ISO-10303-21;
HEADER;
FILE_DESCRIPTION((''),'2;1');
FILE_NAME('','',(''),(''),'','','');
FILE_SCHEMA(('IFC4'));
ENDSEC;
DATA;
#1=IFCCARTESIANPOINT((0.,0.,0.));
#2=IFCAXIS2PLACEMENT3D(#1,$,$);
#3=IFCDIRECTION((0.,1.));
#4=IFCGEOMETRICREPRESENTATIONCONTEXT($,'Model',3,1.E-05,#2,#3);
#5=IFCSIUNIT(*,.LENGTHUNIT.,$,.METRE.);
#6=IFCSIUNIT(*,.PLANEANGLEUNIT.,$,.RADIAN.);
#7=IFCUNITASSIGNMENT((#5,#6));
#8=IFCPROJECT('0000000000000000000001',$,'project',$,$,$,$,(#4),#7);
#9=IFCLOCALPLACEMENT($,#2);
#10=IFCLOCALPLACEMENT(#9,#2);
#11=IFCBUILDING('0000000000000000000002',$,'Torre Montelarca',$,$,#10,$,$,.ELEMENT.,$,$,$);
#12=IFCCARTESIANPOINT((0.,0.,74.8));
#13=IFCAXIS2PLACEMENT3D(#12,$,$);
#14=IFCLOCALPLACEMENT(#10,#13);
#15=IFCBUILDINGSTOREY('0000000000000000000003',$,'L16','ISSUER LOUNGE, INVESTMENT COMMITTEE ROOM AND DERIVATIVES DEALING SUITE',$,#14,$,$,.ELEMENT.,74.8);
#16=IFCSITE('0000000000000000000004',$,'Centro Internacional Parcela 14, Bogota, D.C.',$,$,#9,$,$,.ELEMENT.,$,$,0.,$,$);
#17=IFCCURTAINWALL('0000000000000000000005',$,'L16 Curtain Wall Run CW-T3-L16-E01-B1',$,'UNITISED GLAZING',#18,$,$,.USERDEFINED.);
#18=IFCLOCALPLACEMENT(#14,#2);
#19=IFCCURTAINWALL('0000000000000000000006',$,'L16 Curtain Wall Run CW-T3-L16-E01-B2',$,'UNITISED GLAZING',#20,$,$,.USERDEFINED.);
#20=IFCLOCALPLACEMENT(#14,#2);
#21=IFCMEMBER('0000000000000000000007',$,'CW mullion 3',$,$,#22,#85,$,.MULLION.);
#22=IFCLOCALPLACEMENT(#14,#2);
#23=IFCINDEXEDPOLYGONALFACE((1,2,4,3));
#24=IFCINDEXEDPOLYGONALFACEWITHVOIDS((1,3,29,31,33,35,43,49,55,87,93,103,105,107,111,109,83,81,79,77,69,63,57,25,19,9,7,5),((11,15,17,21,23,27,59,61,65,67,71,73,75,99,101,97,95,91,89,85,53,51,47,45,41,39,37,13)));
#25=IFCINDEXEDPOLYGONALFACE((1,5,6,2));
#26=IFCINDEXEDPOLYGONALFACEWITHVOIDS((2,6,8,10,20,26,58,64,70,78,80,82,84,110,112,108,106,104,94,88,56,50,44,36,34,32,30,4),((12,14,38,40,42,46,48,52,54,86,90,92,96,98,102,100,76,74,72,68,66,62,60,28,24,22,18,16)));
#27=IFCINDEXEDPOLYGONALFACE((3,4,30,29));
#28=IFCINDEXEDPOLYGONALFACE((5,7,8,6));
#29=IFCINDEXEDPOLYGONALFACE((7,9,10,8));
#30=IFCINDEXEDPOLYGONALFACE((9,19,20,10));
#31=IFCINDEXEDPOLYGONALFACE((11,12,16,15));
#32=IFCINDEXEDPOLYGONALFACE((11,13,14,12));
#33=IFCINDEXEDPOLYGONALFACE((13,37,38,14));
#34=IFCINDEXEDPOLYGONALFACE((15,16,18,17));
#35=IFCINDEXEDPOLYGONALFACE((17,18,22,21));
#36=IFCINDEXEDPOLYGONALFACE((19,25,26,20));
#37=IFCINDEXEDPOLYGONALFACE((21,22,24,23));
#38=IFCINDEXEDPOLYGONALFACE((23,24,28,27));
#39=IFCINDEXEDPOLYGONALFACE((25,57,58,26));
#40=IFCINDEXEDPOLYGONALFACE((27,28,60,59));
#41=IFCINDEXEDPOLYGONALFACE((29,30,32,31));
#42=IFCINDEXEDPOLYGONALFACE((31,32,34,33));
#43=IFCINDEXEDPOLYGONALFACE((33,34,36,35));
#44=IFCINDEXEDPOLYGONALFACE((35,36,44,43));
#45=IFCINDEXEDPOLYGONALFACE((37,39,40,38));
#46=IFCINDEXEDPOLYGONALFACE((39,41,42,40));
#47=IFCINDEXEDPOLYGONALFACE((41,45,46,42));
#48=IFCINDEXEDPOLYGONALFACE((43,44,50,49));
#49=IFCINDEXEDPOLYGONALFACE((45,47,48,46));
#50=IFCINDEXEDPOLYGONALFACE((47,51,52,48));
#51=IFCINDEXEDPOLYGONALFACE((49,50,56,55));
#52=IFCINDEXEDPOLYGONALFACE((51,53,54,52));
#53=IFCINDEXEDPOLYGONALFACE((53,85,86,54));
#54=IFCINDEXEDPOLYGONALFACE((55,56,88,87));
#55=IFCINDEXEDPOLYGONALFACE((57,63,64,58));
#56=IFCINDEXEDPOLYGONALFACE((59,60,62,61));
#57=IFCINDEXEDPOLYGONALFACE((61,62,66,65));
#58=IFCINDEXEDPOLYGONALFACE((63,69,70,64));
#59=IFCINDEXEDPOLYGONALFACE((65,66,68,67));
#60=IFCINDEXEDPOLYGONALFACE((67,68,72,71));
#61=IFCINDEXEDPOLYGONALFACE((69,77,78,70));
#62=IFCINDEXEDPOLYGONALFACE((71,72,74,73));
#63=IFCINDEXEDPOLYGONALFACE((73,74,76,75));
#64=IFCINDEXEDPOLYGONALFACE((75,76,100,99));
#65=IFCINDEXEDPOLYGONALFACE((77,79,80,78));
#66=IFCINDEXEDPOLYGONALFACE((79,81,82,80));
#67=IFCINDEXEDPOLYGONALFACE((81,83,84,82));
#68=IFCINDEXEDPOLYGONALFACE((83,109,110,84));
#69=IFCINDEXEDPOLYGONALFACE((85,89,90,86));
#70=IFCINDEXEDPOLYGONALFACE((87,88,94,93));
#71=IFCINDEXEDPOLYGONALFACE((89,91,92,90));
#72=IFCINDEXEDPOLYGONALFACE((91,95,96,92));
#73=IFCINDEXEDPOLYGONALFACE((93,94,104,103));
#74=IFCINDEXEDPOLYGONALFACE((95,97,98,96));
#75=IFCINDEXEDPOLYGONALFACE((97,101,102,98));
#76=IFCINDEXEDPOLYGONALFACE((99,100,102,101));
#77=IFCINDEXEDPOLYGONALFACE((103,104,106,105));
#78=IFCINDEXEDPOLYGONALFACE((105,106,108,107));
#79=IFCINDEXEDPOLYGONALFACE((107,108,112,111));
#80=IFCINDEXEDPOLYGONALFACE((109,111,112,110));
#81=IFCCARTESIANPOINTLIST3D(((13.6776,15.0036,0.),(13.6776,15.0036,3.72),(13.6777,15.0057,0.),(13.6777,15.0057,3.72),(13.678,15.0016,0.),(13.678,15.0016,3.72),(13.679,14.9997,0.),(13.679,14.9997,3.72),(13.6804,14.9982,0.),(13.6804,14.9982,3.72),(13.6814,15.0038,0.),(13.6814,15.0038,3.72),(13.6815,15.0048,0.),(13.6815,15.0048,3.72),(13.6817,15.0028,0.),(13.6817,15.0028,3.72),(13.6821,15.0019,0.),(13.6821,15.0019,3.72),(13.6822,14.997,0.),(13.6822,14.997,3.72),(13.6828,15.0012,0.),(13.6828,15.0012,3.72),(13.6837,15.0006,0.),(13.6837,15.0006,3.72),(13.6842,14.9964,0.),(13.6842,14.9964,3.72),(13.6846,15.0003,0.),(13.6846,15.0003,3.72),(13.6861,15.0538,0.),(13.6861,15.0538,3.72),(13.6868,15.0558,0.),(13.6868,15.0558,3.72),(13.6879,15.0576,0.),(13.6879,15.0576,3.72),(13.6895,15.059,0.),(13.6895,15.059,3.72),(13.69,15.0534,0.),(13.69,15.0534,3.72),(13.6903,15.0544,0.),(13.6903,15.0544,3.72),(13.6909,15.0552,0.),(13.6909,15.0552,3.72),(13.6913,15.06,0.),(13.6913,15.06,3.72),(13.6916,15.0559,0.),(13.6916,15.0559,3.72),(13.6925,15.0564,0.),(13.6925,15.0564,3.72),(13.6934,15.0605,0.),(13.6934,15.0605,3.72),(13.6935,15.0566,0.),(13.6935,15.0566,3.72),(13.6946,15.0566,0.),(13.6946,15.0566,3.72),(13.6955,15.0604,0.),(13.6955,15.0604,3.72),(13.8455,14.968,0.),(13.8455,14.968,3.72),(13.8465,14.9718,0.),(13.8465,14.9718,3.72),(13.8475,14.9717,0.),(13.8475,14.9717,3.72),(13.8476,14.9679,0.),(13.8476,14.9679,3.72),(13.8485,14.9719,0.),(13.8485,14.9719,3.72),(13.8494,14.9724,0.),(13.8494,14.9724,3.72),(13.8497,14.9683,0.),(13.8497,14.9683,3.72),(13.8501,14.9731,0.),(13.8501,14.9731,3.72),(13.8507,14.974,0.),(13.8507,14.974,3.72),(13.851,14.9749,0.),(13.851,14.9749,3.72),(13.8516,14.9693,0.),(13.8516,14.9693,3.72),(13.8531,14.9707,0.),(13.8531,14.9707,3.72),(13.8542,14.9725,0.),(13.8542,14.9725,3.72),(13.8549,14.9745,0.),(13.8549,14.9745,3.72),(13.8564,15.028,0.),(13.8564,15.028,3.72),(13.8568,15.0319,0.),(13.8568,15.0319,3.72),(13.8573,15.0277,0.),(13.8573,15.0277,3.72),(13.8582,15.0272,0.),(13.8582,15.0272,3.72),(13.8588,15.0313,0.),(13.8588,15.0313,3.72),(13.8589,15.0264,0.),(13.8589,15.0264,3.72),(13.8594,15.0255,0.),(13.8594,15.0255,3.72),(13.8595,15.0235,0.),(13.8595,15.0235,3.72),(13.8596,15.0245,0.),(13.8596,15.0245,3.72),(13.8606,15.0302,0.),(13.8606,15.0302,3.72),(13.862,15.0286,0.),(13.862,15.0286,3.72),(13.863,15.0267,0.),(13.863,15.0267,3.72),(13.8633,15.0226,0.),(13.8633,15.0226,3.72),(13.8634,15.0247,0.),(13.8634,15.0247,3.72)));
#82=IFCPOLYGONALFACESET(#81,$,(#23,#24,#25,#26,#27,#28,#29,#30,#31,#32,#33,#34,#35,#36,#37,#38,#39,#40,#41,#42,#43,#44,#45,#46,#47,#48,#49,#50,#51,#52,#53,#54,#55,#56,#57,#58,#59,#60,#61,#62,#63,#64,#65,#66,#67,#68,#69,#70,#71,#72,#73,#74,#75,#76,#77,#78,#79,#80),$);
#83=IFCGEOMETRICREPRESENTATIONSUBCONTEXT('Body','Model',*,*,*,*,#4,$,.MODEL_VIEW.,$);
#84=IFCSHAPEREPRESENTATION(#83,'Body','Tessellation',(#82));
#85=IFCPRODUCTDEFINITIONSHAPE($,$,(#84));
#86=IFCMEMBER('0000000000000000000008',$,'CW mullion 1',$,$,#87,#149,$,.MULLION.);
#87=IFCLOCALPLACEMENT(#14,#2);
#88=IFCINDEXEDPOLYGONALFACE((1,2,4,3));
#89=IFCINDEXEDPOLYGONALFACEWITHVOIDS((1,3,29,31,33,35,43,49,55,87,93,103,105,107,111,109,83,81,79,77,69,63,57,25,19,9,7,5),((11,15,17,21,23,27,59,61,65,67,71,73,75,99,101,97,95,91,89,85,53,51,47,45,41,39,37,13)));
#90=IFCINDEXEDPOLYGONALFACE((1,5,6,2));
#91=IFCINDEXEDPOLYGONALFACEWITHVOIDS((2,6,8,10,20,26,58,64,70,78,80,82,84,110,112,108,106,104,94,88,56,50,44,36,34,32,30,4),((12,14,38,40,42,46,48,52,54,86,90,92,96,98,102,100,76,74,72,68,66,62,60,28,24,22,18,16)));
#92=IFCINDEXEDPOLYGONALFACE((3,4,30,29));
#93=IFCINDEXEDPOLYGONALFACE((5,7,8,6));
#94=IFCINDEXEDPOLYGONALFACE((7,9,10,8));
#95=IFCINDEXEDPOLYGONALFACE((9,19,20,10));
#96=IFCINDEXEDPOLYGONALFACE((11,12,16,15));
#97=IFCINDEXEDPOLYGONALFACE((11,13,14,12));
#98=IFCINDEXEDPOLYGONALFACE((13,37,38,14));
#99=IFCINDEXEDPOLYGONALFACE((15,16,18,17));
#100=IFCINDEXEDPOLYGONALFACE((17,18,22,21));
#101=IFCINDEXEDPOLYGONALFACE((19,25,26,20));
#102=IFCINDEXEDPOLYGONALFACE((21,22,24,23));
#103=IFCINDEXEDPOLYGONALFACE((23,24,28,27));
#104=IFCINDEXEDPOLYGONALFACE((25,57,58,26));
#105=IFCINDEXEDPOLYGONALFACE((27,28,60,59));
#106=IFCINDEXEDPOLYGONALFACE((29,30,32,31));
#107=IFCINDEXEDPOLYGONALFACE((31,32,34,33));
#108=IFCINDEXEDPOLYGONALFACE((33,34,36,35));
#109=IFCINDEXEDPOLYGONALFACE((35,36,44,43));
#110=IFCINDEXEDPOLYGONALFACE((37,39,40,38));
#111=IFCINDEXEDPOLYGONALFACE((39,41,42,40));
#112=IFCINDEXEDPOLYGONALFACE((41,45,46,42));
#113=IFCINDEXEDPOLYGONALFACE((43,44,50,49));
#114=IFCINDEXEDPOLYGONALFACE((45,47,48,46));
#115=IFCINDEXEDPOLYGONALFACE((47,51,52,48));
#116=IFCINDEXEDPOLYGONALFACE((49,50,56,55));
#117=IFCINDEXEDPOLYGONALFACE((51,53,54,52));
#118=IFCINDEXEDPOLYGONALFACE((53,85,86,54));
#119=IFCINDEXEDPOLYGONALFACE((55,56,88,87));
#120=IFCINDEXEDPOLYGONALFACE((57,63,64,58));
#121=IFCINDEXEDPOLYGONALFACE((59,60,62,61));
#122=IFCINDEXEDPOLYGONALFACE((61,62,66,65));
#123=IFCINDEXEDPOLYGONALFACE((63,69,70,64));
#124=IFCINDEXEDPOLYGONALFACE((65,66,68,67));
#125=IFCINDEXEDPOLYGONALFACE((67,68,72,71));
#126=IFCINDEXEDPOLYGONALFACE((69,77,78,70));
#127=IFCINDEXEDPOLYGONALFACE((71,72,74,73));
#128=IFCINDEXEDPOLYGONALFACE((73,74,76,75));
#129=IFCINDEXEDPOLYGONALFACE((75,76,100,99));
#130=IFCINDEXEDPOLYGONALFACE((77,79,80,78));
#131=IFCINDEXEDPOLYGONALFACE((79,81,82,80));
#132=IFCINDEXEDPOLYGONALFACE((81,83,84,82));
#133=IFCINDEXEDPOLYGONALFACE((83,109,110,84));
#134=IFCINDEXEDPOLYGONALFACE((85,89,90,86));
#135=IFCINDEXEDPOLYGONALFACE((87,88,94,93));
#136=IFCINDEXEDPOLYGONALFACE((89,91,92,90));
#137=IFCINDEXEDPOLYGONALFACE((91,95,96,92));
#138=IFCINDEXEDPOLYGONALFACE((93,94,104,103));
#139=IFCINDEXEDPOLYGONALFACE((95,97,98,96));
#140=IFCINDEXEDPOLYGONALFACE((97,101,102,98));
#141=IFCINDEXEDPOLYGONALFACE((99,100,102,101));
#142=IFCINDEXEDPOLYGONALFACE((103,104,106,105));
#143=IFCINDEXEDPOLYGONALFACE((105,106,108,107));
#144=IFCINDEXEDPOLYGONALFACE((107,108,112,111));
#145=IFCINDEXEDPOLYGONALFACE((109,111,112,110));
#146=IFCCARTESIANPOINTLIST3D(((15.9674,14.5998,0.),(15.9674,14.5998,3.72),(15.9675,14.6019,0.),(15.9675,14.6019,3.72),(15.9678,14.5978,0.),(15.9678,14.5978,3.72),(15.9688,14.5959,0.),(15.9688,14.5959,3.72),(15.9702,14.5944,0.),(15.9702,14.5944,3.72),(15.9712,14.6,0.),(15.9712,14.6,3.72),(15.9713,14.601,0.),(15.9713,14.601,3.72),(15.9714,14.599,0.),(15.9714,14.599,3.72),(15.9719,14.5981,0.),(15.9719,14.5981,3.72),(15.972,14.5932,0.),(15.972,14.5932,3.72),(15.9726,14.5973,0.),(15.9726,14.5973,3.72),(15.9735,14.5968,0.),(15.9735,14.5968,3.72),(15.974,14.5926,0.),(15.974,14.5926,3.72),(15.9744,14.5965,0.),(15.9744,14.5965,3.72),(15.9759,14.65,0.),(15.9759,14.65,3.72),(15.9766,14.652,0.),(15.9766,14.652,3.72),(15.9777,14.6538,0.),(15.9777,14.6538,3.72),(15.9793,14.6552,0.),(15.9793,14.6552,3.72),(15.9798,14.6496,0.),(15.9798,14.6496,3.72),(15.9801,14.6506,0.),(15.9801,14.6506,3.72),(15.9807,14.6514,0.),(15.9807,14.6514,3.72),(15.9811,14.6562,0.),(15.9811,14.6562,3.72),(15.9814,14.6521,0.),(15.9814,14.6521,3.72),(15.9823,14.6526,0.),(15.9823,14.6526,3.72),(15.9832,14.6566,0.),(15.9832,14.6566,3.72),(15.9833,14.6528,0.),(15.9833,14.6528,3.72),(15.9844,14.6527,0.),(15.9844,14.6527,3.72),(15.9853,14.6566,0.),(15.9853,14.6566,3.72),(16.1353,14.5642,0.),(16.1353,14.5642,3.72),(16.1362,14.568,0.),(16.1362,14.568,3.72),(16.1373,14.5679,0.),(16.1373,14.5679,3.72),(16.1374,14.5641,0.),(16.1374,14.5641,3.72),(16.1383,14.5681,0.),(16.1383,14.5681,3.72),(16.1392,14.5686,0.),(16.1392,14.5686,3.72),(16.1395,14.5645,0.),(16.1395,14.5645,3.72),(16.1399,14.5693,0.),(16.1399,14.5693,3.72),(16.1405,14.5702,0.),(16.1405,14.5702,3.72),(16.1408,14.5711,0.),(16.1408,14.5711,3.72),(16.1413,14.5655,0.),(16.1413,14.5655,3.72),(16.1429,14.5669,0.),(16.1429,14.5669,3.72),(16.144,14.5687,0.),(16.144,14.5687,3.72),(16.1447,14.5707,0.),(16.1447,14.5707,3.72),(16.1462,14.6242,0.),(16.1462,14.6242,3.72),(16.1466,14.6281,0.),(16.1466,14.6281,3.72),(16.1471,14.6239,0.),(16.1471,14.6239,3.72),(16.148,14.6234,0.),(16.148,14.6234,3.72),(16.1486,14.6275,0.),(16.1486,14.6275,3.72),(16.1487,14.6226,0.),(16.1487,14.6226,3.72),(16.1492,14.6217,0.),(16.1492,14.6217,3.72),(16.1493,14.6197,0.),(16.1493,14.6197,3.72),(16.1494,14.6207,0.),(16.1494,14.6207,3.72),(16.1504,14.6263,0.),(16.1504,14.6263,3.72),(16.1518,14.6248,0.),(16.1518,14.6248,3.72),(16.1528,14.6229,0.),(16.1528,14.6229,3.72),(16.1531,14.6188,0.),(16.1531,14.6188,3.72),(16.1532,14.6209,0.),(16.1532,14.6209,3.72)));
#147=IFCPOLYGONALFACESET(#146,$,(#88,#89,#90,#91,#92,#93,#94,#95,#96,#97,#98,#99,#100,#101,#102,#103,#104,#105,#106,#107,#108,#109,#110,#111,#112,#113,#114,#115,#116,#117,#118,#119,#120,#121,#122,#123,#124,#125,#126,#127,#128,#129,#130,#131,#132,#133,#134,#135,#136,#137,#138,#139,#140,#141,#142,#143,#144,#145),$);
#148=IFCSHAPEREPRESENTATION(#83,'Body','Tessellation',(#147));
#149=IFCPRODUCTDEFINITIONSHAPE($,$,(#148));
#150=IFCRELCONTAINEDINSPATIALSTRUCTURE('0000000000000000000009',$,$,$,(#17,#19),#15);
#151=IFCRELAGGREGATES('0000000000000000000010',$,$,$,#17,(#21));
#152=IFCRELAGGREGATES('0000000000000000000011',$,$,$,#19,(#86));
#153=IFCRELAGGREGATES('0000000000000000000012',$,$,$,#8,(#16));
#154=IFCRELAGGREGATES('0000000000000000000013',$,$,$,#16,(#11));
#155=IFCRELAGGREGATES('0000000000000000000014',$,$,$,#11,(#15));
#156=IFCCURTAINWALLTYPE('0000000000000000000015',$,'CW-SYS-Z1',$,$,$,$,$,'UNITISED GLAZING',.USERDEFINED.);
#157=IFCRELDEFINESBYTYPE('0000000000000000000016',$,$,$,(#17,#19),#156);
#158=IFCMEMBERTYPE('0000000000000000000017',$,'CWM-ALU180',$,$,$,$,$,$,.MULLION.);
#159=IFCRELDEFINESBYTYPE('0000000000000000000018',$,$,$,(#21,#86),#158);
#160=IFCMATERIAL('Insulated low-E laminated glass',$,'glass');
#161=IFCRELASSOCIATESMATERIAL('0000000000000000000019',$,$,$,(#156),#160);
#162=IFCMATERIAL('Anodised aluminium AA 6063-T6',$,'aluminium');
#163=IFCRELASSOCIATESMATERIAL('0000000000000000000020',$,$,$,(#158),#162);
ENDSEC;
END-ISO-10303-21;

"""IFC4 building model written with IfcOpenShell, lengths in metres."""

from ifc_helpers import new_model, si_unit, direction, frame, origin, origin_2d, place, context, subcontext, project, spatial, hollow_rectangle, extrude, source, transform, mapped, material, material_profile, profile_set, type_object, element, aggregate, save


model = new_model("IFC4")

# Units and contexts
model_context = context("Model", 3, precision=1e-05, world=origin(), true_north=direction((0.0, 1.0)))
body_context = subcontext(model_context, "Body", "Model", "MODEL_VIEW")
ifc_project = project(units=[si_unit("LENGTHUNIT", "METRE"), si_unit("PLANEANGLEUNIT", "RADIAN")], contexts=[model_context])

# Site, building, storey
site_placement = place(None, origin())
site = spatial("IfcSite", under=ifc_project, at=site_placement, Name="Centro Internacional Parcela 14, Bogota, D.C.", CompositionType="ELEMENT", RefElevation=0.0)
building_placement = place(site_placement, origin())
building = spatial("IfcBuilding", under=site, at=building_placement, Name="Torre Montelarca", CompositionType="ELEMENT")
storey_placement = place(building_placement, frame((0.0, 0.0, 74.8)))
storey = spatial("IfcBuildingStorey", under=building, at=storey_placement, Name="L16", Description="ISSUER LOUNGE, INVESTMENT COMMITTEE ROOM AND DERIVATIVES DEALING SUITE", CompositionType="ELEMENT", Elevation=74.8)

# Curtain walls
ifc_material_1 = material(Name="Insulated low-E laminated glass", Category="glass")
curtain_wall_type = type_object("IfcCurtainWallType", Name="CW-SYS-Z1", ElementType="UNITISED GLAZING", PredefinedType="USERDEFINED", material=ifc_material_1)
curtain_wall_1_placement = place(storey_placement, origin())
curtain_wall_1 = element("IfcCurtainWall", 1, at=curtain_wall_1_placement, inside=storey, type_object=curtain_wall_type, Name="L16 Curtain Wall Run CW-T3-L16-E01-B1", ObjectType="UNITISED GLAZING", PredefinedType="USERDEFINED")
ifc_material_2 = material(Name="Anodised aluminium AA 6063-T6", Category="aluminium")
curtain_wall_2_placement = place(storey_placement, origin())
curtain_wall_2 = element("IfcCurtainWall", 2, at=curtain_wall_2_placement, inside=storey, type_object=curtain_wall_type, Name="L16 Curtain Wall Run CW-T3-L16-E01-B2", ObjectType="UNITISED GLAZING", PredefinedType="USERDEFINED")

# Members
ifc_material_profile_1 = material_profile(ifc_material_2, hollow_rectangle(XDim=0.0649, YDim=0.1799, WallThickness=0.0039, InnerFilletRadius=0.0039, OuterFilletRadius=0.0081, at=origin_2d()), Name="ALU65X180X4", Category="aluminium")
ifc_profile_set_1 = profile_set([ifc_material_profile_1], Name="Anodised aluminium AA 6063-T6")
member_type_1 = type_object("IfcMemberType", Name="CWM-ALU180", PredefinedType="MULLION", material=ifc_profile_set_1)
shared_shape_1 = source(origin(), body_context, "Body", "SweptSolid", [
    extrude(hollow_rectangle(XDim=0.0649, YDim=0.1799, WallThickness=0.0039, InnerFilletRadius=0.0039, OuterFilletRadius=0.0081, at=origin_2d()), origin(), (0.0, 0.0, 1.0), 3.72),
])
member_1_placement = place(storey_placement, frame((13.7705, 15.0142, 0.0), z_axis=(0.0, 0.0, 1.0), x_axis=(0.173652, 0.984807, 0.0)))
member_1 = element("IfcMember", 3, at=member_1_placement, type_object=member_type_1, Name="CW mullion 3", PredefinedType="MULLION", context=body_context, shape_type="MappedRepresentation", body=[
    mapped(shared_shape_1, transform((0.0, 0.0, 0.0), scale=1.0)),
])
member_2_placement = place(storey_placement, frame((16.0603, 14.6104, 0.0), z_axis=(0.0, 0.0, 1.0), x_axis=(0.173654, 0.984807, 0.0)))
member_2 = element("IfcMember", 4, at=member_2_placement, type_object=member_type_1, Name="CW mullion 1", PredefinedType="MULLION", context=body_context, shape_type="MappedRepresentation", body=[
    mapped(shared_shape_1, transform((0.0, 0.0, 0.0), scale=1.0)),
])

aggregate(curtain_wall_1, [member_1])
aggregate(curtain_wall_2, [member_2])

save(model, "model.ifc")
